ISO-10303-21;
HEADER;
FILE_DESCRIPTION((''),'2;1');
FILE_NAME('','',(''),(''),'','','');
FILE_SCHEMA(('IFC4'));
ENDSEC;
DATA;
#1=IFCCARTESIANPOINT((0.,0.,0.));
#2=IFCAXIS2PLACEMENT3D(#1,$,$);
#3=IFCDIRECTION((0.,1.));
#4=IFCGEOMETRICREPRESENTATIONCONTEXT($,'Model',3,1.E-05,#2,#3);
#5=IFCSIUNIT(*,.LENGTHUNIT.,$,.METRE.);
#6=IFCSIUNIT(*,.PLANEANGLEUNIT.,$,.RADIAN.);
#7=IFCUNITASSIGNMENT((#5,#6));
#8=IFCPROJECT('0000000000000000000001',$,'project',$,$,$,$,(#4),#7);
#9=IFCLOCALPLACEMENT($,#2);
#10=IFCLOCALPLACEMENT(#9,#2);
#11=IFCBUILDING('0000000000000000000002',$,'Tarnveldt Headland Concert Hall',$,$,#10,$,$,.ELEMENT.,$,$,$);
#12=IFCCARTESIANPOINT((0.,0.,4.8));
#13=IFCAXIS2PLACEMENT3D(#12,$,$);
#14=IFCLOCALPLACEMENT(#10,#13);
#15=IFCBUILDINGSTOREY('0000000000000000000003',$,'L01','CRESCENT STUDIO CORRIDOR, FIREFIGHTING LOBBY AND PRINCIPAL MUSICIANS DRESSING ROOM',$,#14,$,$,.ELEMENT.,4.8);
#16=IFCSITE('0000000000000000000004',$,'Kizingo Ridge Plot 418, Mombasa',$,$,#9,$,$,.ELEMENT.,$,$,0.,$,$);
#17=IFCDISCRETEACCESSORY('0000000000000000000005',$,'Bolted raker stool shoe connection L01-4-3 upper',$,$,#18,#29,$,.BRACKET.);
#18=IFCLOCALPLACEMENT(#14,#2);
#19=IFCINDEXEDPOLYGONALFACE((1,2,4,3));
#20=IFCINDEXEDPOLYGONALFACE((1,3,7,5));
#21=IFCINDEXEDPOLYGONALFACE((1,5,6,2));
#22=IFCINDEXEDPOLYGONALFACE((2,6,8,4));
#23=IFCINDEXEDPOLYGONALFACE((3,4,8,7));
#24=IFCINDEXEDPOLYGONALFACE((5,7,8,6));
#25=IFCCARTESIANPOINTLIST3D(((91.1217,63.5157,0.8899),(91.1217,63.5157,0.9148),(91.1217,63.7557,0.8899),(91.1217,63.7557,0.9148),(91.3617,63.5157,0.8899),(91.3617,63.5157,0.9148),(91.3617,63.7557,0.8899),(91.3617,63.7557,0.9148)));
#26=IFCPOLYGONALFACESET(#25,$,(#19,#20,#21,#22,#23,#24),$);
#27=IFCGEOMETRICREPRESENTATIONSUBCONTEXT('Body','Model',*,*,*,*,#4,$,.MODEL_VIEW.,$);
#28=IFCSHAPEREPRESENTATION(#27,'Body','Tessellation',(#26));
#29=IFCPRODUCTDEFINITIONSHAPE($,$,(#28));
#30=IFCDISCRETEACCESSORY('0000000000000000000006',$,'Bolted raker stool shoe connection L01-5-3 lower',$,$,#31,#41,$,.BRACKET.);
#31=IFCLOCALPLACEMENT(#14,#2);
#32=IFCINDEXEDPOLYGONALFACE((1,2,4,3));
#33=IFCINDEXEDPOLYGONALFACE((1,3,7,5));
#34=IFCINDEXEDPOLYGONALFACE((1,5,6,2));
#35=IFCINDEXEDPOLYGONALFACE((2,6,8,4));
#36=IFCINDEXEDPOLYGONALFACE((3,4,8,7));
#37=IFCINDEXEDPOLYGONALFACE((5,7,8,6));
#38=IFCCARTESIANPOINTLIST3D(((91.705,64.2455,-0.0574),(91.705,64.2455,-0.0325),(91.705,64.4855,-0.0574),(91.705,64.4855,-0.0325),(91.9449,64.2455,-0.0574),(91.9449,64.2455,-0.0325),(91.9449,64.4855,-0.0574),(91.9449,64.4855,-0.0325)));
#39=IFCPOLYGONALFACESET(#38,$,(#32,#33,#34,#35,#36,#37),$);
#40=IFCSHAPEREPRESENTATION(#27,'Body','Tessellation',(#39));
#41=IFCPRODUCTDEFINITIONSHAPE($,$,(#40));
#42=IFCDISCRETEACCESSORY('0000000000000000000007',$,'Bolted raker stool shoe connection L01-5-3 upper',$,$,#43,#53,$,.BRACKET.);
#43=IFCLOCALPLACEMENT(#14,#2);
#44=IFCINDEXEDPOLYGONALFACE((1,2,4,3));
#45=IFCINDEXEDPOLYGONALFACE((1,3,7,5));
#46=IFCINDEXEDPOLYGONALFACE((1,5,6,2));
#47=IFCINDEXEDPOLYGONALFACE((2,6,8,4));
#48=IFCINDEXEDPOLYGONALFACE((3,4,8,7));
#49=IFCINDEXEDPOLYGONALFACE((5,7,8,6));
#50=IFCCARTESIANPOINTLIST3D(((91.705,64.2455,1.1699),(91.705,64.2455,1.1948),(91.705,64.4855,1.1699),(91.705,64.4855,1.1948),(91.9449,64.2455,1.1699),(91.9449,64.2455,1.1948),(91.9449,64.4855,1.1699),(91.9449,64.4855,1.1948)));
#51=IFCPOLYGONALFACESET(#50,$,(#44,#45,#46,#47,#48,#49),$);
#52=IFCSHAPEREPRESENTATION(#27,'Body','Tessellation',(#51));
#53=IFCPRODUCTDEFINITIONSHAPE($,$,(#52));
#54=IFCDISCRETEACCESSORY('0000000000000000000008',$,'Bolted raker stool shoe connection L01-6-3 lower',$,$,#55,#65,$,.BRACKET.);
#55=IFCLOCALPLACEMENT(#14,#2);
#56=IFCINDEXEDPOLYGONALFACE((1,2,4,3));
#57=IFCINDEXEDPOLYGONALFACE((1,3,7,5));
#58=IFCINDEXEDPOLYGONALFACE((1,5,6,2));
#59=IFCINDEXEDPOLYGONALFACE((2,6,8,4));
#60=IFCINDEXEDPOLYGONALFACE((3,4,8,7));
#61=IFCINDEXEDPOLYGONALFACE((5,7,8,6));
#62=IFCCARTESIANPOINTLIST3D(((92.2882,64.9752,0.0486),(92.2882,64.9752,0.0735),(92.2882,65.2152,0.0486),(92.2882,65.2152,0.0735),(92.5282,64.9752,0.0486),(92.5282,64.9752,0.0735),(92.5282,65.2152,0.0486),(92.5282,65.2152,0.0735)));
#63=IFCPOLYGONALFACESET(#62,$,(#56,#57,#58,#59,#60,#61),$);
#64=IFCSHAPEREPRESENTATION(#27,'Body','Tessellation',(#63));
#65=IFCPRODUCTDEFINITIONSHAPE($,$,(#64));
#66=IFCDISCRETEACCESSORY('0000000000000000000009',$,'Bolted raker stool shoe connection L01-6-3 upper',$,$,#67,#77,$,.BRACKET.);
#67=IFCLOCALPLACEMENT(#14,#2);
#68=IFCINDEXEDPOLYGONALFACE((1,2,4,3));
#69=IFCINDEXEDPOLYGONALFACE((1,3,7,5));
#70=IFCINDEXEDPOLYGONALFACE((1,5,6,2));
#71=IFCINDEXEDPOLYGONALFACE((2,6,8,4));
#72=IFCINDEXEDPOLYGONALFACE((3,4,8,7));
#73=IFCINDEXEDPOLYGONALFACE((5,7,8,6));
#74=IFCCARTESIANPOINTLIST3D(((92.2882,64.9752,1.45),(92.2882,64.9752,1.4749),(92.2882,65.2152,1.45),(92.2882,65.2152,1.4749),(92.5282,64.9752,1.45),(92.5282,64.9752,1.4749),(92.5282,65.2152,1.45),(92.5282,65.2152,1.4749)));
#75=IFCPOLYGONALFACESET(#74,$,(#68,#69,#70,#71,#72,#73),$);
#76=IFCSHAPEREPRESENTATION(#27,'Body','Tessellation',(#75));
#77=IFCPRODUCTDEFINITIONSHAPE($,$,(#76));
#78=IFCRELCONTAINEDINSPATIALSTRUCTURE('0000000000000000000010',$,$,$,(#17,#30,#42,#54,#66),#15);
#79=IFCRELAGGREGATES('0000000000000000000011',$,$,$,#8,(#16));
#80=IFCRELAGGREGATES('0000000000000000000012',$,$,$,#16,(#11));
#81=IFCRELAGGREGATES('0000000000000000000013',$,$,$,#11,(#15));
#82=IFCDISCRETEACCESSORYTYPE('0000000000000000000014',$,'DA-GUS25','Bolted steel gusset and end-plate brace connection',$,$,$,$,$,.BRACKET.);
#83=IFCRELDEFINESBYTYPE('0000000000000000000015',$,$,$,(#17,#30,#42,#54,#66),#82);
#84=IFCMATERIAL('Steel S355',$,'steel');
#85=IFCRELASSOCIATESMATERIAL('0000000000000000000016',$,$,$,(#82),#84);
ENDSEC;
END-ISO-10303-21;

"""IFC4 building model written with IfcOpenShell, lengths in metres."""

from ifc_helpers import new_model, si_unit, direction, frame, origin, origin_2d, place, context, subcontext, project, spatial, rectangle, extrude, material, type_object, element, save


model = new_model("IFC4")

# Units and contexts
model_context = context("Model", 3, precision=1e-05, world=origin(), true_north=direction((0.0, 1.0)))
body_context = subcontext(model_context, "Body", "Model", "MODEL_VIEW")
ifc_project = project(units=[si_unit("LENGTHUNIT", "METRE"), si_unit("PLANEANGLEUNIT", "RADIAN")], contexts=[model_context])

# Site, building, storey
site_placement = place(None, origin())
site = spatial("IfcSite", under=ifc_project, at=site_placement, Name="Kizingo Ridge Plot 418, Mombasa", CompositionType="ELEMENT", RefElevation=0.0)
building_placement = place(site_placement, origin())
building = spatial("IfcBuilding", under=site, at=building_placement, Name="Tarnveldt Headland Concert Hall", CompositionType="ELEMENT")
storey_placement = place(building_placement, frame((0.0, 0.0, 4.8)))
storey = spatial("IfcBuildingStorey", under=building, at=storey_placement, Name="L01", Description="CRESCENT STUDIO CORRIDOR, FIREFIGHTING LOBBY AND PRINCIPAL MUSICIANS DRESSING ROOM", CompositionType="ELEMENT", Elevation=4.8)

# Shared definitions
ifc_material_1 = material(Name="Steel S355", Category="steel")

# Discrete accessories
discrete_accessory_type = type_object("IfcDiscreteAccessoryType", Name="DA-GUS25", Description="Bolted steel gusset and end-plate brace connection", PredefinedType="BRACKET", material=ifc_material_1)
for number, where, z_axis, x_axis, name in (
    (1, (91.2417, 63.6357, 0.8899), (0.0, 0.0, 1.0), (1.0, 0.0, 0.0), "Bolted raker stool shoe connection L01-4-3 upper"),
    (2, (91.825, 64.3655, -0.0574), (0.0, 0.0, 1.0), (1.0, 0.0, 0.0), "Bolted raker stool shoe connection L01-5-3 lower"),
    (3, (91.825, 64.3655, 1.1699), (0.0, 0.0, 1.0), (1.0, 0.0, 0.0), "Bolted raker stool shoe connection L01-5-3 upper"),
    (4, (92.4082, 65.0952, 0.0486), (0.0, 0.0, 1.0), (1.0, 0.0, 0.0), "Bolted raker stool shoe connection L01-6-3 lower"),
    (5, (92.4082, 65.0952, 1.45), (0.0, 0.0, 1.0), (1.0, 0.0, 0.0), "Bolted raker stool shoe connection L01-6-3 upper"),
):
    element("IfcDiscreteAccessory", number, at=place(storey_placement, frame(where, z_axis=z_axis, x_axis=x_axis)), inside=storey, type_object=discrete_accessory_type, Name=name, PredefinedType="BRACKET", context=body_context, shape_type="SweptSolid", body=[
        extrude(rectangle(XDim=0.24, YDim=0.24, at=origin_2d()), origin(), (0.0, 0.0, 1.0), 0.0249),
    ])

save(model, "model.ifc")
